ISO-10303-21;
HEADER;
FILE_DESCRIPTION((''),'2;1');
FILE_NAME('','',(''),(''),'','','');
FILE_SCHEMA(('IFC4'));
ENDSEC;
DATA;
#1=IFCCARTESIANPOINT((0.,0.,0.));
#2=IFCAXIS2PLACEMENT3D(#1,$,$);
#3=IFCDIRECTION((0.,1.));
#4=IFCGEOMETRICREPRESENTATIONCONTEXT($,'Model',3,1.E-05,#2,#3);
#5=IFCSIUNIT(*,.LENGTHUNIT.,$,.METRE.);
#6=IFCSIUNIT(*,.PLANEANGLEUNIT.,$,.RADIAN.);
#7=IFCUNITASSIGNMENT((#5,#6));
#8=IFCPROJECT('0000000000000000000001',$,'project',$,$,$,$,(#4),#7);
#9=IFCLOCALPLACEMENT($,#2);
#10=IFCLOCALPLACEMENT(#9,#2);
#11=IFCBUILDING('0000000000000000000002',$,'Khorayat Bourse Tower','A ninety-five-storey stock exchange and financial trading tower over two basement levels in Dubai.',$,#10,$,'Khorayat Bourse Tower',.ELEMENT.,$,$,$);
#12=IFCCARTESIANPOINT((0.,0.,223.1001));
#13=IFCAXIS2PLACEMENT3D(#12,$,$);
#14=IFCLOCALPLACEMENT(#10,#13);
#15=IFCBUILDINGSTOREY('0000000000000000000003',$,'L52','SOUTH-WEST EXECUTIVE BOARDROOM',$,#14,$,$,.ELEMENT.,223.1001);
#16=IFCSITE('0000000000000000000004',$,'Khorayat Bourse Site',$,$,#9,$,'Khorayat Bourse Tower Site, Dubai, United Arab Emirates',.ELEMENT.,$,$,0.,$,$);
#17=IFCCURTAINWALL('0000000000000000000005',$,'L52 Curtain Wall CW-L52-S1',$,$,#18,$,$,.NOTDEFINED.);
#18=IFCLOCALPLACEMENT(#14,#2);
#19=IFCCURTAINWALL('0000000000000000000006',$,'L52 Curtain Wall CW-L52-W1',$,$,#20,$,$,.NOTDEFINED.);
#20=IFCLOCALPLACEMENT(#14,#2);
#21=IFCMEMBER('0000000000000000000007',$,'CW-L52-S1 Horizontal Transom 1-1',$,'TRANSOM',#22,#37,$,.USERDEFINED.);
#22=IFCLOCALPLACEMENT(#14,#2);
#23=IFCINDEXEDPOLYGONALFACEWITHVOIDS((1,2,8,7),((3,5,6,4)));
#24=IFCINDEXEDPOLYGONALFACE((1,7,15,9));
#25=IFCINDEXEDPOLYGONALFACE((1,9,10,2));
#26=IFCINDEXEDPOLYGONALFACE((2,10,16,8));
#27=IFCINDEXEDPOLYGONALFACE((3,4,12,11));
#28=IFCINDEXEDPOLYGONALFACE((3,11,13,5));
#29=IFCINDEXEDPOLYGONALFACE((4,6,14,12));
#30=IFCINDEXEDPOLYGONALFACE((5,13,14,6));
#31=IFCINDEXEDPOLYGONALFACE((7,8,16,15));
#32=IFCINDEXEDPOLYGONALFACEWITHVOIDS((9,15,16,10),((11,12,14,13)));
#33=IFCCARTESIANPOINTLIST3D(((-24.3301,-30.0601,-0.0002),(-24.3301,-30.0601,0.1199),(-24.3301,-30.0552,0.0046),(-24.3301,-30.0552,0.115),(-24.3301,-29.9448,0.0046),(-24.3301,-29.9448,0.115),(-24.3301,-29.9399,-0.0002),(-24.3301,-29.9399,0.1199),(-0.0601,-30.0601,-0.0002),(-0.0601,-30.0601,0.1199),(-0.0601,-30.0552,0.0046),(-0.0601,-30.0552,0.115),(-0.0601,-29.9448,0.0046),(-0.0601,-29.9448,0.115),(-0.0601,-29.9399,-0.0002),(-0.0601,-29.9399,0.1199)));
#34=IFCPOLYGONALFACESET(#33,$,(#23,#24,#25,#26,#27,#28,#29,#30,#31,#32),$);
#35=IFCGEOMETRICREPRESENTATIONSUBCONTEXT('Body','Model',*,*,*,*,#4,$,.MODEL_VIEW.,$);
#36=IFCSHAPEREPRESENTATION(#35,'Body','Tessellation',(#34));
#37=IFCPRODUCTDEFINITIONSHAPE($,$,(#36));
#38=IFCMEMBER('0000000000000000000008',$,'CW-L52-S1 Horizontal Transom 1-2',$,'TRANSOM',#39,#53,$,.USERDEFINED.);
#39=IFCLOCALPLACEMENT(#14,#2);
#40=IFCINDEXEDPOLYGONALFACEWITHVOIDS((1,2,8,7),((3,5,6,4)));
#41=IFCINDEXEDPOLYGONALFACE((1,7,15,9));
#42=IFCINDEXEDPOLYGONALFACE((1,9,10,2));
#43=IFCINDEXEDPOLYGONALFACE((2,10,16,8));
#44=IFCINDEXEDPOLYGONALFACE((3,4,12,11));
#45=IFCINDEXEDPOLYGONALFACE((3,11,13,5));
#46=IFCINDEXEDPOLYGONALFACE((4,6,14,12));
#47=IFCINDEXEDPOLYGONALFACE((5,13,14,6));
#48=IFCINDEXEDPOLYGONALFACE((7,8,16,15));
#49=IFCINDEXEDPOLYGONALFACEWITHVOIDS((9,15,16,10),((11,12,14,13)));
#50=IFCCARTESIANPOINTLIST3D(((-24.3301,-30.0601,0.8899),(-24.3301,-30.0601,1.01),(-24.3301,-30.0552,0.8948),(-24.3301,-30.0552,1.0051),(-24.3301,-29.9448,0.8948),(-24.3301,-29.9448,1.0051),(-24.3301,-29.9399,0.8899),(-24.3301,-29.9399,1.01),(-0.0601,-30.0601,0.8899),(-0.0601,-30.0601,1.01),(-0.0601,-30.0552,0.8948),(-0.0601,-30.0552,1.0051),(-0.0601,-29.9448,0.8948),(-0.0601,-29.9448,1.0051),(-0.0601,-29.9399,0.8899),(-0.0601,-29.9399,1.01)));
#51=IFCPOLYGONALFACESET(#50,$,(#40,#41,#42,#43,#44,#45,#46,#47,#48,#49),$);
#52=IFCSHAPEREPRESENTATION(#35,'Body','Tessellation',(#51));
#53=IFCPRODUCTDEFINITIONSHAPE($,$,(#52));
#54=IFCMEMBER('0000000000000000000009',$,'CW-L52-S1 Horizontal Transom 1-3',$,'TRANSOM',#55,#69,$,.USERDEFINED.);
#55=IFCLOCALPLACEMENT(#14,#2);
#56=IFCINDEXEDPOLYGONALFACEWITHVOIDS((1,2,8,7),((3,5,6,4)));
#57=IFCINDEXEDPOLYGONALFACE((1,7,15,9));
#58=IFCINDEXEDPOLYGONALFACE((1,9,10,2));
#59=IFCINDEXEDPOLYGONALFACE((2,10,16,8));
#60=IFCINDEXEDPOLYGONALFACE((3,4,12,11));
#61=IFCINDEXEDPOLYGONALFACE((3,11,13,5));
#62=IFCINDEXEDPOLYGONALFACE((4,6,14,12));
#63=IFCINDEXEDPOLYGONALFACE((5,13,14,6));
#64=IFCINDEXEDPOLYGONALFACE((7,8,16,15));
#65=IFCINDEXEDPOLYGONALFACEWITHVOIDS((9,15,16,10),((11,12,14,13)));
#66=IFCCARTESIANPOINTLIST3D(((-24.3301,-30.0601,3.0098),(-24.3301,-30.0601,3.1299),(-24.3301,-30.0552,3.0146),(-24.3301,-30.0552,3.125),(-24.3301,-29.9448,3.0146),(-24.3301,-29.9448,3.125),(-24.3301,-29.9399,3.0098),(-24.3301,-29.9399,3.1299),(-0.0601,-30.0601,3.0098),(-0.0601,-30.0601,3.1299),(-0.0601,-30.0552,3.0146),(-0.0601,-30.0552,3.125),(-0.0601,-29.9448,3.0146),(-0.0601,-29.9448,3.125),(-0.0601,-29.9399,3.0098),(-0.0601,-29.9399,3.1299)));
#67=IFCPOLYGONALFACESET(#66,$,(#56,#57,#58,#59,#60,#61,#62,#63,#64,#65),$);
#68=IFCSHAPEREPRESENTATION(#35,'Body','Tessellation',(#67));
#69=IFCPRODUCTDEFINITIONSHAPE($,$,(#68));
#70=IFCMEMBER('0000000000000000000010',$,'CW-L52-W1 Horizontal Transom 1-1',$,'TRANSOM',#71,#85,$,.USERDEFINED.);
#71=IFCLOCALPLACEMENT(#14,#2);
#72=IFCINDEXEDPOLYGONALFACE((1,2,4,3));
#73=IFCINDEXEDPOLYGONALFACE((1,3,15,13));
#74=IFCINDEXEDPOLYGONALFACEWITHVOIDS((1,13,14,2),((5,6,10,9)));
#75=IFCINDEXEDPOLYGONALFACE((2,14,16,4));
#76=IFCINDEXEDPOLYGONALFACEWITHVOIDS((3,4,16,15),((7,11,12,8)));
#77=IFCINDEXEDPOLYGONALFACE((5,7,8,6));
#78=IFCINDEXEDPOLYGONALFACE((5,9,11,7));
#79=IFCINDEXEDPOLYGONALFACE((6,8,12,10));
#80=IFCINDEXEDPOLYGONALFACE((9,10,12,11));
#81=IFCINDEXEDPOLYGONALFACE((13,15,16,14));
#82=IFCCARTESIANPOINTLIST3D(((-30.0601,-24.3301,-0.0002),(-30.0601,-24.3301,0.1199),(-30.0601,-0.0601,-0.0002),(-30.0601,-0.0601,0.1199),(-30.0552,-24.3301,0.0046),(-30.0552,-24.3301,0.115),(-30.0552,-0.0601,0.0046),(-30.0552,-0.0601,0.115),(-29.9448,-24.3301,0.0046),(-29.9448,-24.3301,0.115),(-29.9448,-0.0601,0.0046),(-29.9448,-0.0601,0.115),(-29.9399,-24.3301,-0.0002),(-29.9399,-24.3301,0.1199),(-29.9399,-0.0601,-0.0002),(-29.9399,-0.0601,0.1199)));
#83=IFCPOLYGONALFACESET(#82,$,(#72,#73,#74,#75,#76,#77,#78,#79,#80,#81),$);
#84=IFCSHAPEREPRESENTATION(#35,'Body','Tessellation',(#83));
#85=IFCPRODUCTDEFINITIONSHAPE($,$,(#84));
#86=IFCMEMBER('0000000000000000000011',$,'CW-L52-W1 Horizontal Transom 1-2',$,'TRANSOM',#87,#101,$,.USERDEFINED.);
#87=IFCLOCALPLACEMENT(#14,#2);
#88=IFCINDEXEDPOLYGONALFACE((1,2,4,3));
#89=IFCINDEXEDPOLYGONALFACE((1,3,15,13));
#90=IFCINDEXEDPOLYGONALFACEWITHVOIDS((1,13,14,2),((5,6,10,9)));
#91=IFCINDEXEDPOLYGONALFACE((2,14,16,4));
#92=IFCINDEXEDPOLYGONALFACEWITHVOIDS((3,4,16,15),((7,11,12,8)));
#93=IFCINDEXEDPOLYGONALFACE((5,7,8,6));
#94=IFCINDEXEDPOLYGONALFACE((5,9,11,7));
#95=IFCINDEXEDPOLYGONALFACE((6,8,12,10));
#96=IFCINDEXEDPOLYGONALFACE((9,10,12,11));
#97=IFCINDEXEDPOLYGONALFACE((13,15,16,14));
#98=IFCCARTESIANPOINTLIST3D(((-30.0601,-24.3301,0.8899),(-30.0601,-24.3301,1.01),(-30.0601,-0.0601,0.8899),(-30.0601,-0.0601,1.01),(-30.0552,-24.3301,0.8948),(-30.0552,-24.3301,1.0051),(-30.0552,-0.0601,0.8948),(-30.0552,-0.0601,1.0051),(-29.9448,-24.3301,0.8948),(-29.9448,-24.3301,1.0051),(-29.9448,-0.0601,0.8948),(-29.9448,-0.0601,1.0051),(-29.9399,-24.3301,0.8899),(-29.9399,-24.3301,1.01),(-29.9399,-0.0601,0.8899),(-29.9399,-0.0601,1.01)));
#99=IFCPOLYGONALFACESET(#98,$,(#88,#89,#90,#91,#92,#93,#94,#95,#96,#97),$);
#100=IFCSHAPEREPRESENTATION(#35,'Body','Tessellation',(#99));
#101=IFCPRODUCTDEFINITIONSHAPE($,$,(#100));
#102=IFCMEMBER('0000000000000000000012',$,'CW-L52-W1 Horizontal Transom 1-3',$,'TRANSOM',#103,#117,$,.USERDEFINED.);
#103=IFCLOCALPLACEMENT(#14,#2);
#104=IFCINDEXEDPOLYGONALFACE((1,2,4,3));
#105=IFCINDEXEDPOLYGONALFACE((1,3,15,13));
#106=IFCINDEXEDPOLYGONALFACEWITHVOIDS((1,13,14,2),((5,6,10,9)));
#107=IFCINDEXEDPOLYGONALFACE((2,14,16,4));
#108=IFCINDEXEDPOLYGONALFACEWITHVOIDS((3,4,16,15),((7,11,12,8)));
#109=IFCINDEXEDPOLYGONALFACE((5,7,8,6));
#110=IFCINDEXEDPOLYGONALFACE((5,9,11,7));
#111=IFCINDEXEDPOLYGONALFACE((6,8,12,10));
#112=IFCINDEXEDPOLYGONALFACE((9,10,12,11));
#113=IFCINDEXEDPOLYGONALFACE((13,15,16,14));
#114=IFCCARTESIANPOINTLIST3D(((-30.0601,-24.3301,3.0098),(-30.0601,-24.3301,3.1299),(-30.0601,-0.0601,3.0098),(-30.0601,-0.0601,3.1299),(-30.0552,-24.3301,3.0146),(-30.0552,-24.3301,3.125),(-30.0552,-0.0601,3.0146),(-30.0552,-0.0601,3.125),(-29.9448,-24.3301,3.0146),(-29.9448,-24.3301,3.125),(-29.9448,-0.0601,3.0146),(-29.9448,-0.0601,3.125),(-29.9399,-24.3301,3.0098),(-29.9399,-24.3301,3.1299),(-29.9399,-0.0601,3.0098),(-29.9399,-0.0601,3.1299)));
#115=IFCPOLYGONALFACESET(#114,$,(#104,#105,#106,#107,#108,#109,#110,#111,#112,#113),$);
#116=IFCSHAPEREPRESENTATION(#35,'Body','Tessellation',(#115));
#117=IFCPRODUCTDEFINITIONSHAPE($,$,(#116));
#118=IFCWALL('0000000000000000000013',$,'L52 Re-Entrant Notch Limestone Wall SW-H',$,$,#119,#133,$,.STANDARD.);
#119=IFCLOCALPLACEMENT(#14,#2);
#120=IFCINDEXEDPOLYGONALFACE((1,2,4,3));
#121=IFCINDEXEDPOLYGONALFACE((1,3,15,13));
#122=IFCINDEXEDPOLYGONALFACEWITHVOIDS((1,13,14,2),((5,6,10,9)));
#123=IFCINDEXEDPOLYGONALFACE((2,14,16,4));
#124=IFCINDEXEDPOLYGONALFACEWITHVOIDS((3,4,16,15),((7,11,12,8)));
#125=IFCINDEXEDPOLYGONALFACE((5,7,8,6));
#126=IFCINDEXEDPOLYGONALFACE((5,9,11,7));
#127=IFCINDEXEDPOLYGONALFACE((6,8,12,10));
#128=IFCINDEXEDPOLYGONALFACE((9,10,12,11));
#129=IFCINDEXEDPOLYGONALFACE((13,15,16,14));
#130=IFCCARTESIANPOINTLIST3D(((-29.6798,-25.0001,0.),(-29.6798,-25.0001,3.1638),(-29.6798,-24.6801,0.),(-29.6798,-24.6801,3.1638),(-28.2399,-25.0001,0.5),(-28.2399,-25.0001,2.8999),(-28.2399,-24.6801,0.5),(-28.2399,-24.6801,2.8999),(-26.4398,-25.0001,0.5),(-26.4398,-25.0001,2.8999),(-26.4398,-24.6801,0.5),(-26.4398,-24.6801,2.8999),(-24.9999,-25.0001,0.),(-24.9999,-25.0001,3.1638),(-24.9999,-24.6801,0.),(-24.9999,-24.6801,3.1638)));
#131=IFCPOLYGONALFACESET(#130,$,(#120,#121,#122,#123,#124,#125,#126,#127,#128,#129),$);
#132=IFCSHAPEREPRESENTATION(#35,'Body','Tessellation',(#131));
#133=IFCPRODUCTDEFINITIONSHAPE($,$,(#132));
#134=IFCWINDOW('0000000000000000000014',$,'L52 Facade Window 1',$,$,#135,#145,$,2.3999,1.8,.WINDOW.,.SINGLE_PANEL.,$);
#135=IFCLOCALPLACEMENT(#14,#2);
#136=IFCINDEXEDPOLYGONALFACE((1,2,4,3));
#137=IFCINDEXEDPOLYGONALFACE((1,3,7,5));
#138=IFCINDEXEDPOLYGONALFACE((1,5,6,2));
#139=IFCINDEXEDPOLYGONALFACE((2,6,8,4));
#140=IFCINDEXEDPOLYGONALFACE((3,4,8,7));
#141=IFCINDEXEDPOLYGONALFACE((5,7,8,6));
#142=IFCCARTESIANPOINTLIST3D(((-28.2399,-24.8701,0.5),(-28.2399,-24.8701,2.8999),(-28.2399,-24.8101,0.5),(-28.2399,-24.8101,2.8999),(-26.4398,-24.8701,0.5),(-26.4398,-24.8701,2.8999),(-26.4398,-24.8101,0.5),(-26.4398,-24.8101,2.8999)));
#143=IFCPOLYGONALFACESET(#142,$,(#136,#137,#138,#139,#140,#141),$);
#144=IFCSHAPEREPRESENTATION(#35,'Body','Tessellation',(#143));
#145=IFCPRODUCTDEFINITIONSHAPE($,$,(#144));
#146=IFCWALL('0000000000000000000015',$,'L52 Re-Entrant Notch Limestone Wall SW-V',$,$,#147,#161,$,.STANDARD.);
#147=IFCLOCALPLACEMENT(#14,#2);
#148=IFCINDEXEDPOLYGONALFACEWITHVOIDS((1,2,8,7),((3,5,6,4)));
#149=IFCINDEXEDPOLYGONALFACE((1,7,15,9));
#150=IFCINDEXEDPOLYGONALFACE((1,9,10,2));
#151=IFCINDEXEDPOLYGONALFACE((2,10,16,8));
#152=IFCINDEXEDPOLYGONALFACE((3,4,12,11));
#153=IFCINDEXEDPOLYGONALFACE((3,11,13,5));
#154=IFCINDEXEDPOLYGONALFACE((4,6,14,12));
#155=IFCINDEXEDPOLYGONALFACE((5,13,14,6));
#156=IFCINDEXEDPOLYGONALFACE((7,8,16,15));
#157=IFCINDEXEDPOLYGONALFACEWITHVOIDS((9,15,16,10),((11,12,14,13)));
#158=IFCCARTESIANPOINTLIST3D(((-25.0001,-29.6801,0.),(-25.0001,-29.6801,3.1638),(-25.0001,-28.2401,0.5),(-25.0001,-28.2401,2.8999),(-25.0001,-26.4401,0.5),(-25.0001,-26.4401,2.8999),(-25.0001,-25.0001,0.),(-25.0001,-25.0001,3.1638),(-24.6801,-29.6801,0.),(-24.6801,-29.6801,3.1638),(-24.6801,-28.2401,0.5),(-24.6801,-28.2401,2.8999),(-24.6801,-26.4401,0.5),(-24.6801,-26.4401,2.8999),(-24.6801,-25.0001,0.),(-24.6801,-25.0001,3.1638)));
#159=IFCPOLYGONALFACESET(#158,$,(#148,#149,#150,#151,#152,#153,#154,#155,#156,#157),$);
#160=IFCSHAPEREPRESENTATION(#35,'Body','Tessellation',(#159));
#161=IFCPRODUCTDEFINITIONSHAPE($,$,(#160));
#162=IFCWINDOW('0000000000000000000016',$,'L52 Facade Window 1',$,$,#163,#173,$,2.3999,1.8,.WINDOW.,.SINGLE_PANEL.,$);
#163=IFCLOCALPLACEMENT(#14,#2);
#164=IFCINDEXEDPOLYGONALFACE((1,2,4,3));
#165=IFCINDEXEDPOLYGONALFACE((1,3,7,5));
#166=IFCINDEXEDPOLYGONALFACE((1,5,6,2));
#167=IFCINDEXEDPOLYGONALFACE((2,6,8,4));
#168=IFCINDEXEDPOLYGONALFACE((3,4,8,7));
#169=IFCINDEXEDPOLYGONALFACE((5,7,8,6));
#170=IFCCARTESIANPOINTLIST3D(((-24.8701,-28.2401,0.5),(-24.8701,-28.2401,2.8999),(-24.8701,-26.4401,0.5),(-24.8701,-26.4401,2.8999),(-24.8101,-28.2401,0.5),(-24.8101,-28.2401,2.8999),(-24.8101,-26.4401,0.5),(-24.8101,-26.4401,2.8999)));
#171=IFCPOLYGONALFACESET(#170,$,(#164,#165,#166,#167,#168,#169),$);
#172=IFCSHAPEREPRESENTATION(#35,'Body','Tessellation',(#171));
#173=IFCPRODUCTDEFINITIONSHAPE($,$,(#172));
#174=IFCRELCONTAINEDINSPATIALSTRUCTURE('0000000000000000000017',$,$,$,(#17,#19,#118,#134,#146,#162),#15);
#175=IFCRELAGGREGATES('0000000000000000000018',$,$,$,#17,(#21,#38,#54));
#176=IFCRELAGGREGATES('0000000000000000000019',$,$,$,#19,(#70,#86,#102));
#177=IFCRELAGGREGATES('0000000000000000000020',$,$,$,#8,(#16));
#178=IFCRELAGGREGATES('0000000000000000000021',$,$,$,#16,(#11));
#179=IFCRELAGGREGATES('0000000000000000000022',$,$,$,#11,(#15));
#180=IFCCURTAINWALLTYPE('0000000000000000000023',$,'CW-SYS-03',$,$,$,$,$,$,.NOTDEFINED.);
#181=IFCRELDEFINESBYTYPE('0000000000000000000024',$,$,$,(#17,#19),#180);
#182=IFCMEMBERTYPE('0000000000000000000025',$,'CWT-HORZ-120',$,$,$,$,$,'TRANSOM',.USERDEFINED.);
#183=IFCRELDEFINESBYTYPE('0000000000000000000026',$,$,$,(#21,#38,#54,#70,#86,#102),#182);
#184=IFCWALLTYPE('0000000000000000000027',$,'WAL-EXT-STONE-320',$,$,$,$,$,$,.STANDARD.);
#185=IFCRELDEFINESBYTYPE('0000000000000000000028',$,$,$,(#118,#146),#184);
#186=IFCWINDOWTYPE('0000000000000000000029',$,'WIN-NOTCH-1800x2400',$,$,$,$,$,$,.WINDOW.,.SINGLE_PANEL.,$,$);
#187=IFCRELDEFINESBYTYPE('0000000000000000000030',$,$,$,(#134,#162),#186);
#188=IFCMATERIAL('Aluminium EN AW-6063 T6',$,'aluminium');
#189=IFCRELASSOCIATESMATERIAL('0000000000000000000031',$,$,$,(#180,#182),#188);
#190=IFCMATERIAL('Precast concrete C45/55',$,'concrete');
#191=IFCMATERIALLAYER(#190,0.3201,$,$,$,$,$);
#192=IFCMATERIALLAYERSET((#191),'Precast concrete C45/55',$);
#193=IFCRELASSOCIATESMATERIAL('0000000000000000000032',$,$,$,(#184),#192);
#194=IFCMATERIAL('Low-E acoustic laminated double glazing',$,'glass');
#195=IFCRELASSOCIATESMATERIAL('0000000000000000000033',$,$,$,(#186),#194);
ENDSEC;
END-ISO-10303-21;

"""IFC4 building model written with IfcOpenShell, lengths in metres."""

from ifc_helpers import new_model, si_unit, direction, frame, frame_2d, origin, origin_2d, place, context, subcontext, project, spatial, rectangle, hollow_rectangle, extrude, source, transform, mapped, material, layer, layer_set, material_profile, profile_set, type_object, element, fill, aggregate, save


model = new_model("IFC4")

# Units and contexts
model_context = context("Model", 3, precision=1e-05, world=origin(), true_north=direction((0.0, 1.0)))
body_context = subcontext(model_context, "Body", "Model", "MODEL_VIEW")
ifc_project = project(units=[si_unit("LENGTHUNIT", "METRE"), si_unit("PLANEANGLEUNIT", "RADIAN")], contexts=[model_context])

# Site, building, storey
site_placement = place(None, origin())
site = spatial("IfcSite", under=ifc_project, at=site_placement, Name="Khorayat Bourse Site", LongName="Khorayat Bourse Tower Site, Dubai, United Arab Emirates", CompositionType="ELEMENT", RefElevation=0.0)
building_placement = place(site_placement, origin())
building = spatial("IfcBuilding", under=site, at=building_placement, Name="Khorayat Bourse Tower", Description="A ninety-five-storey stock exchange and financial trading tower over two basement levels in Dubai.", LongName="Khorayat Bourse Tower", CompositionType="ELEMENT")
storey_placement = place(building_placement, frame((0.0, 0.0, 223.1001)))
storey = spatial("IfcBuildingStorey", under=building, at=storey_placement, Name="L52", Description="SOUTH-WEST EXECUTIVE BOARDROOM", CompositionType="ELEMENT", Elevation=223.1001)

# Curtain walls
ifc_material_1 = material(Name="Aluminium EN AW-6063 T6", Category="aluminium")
curtain_wall_type = type_object("IfcCurtainWallType", Name="CW-SYS-03", PredefinedType="NOTDEFINED", material=ifc_material_1)
curtain_wall_1_placement = place(storey_placement, origin())
curtain_wall_1 = element("IfcCurtainWall", 1, at=curtain_wall_1_placement, inside=storey, type_object=curtain_wall_type, Name="L52 Curtain Wall CW-L52-S1", PredefinedType="NOTDEFINED")
curtain_wall_2_placement = place(storey_placement, origin())
curtain_wall_2 = element("IfcCurtainWall", 2, at=curtain_wall_2_placement, inside=storey, type_object=curtain_wall_type, Name="L52 Curtain Wall CW-L52-W1", PredefinedType="NOTDEFINED")

# Members
ifc_material_profile_1 = material_profile(ifc_material_1, hollow_rectangle(XDim=0.1201, YDim=0.1201, WallThickness=0.0049, at=origin_2d()), Name="ALU 120x120x5")
ifc_profile_set_1 = profile_set([ifc_material_profile_1], Name="Aluminium EN AW-6063 T6")
member_type_1 = type_object("IfcMemberType", Name="CWT-HORZ-120", ElementType="TRANSOM", PredefinedType="USERDEFINED", material=ifc_profile_set_1)
shared_shape_1 = source(origin(), body_context, "Body", "SweptSolid", [
    extrude(hollow_rectangle(XDim=0.1201, YDim=0.1201, WallThickness=0.0049, at=origin_2d()), origin(), (0.0, 0.0, 1.0), 24.27),
])
member_1_placement = place(storey_placement, frame((-24.3301, -30.0, 0.0598), z_axis=(1.0, 0.0, 0.0), x_axis=(0.0, 1.0, 0.0)))
member_1 = element("IfcMember", 3, at=member_1_placement, type_object=member_type_1, Name="CW-L52-S1 Horizontal Transom 1-1", ObjectType="TRANSOM", PredefinedType="USERDEFINED", context=body_context, shape_type="MappedRepresentation", body=[
    mapped(shared_shape_1, transform((0.0, 0.0, 0.0), scale=1.0)),
])
member_2_placement = place(storey_placement, frame((-24.3301, -30.0, 0.95), z_axis=(1.0, 0.0, 0.0), x_axis=(0.0, 1.0, 0.0)))
member_2 = element("IfcMember", 4, at=member_2_placement, type_object=member_type_1, Name="CW-L52-S1 Horizontal Transom 1-2", ObjectType="TRANSOM", PredefinedType="USERDEFINED", context=body_context, shape_type="MappedRepresentation", body=[
    mapped(shared_shape_1, transform((0.0, 0.0, 0.0), scale=1.0)),
])
member_3_placement = place(storey_placement, frame((-24.3301, -30.0, 3.0698), z_axis=(1.0, 0.0, 0.0), x_axis=(0.0, 1.0, 0.0)))
member_3 = element("IfcMember", 5, at=member_3_placement, type_object=member_type_1, Name="CW-L52-S1 Horizontal Transom 1-3", ObjectType="TRANSOM", PredefinedType="USERDEFINED", context=body_context, shape_type="MappedRepresentation", body=[
    mapped(shared_shape_1, transform((0.0, 0.0, 0.0), scale=1.0)),
])
aggregate(curtain_wall_1, [member_1, member_2, member_3])
member_4_placement = place(storey_placement, frame((-30.0, -24.3301, 0.0598), z_axis=(0.0, 1.0, 0.0), x_axis=(-1.0, 0.0, 0.0)))
member_4 = element("IfcMember", 6, at=member_4_placement, type_object=member_type_1, Name="CW-L52-W1 Horizontal Transom 1-1", ObjectType="TRANSOM", PredefinedType="USERDEFINED", context=body_context, shape_type="MappedRepresentation", body=[
    mapped(shared_shape_1, transform((0.0, 0.0, 0.0), scale=1.0)),
])
member_5_placement = place(storey_placement, frame((-30.0, -24.3301, 0.95), z_axis=(0.0, 1.0, 0.0), x_axis=(-1.0, 0.0, 0.0)))
member_5 = element("IfcMember", 7, at=member_5_placement, type_object=member_type_1, Name="CW-L52-W1 Horizontal Transom 1-2", ObjectType="TRANSOM", PredefinedType="USERDEFINED", context=body_context, shape_type="MappedRepresentation", body=[
    mapped(shared_shape_1, transform((0.0, 0.0, 0.0), scale=1.0)),
])
member_6_placement = place(storey_placement, frame((-30.0, -24.3301, 3.0698), z_axis=(0.0, 1.0, 0.0), x_axis=(-1.0, 0.0, 0.0)))
member_6 = element("IfcMember", 8, at=member_6_placement, type_object=member_type_1, Name="CW-L52-W1 Horizontal Transom 1-3", ObjectType="TRANSOM", PredefinedType="USERDEFINED", context=body_context, shape_type="MappedRepresentation", body=[
    mapped(shared_shape_1, transform((0.0, 0.0, 0.0), scale=1.0)),
])
aggregate(curtain_wall_2, [member_4, member_5, member_6])

# Walls, openings, windows
ifc_material_2 = material(Name="Precast concrete C45/55", Category="concrete")
ifc_layer = layer(ifc_material_2, 0.3201)
ifc_layer_set = layer_set([ifc_layer], Name="Precast concrete C45/55")
wall_type = type_object("IfcWallType", Name="WAL-EXT-STONE-320", PredefinedType="STANDARD", material=ifc_layer_set)
shared_shape_2 = source(origin(), body_context, "Body", "SweptSolid", [
    extrude(rectangle(XDim=4.6799, YDim=0.3201, at=frame_2d((2.3398, 0.0))), origin(), (0.0, 0.0, 1.0), 3.1638),
])
wall_1_placement = place(storey_placement, frame((-25.0, -24.8401, 0.0), z_axis=(0.0, 0.0, 1.0), x_axis=(-1.0, 0.0, 0.0)))
wall_1 = element("IfcWall", 9, at=wall_1_placement, inside=storey, type_object=wall_type, Name="L52 Re-Entrant Notch Limestone Wall SW-H", PredefinedType="STANDARD", context=body_context, shape_type="MappedRepresentation", body=[
    mapped(shared_shape_2, transform((0.0, 0.0, 0.0), scale=1.0)),
])
shared_shape_3 = source(origin(), body_context, "Body", "SweptSolid", [
    extrude(rectangle(XDim=1.8, YDim=2.3999, at=frame_2d((0.8999, 1.2))), frame((0.0, 0.1699, 0.0), z_axis=(0.0, -1.0, 0.0), x_axis=(1.0, 0.0, 0.0)), (0.0, 0.0, 1.0), 0.3401),
])
opening_1_placement = place(wall_1_placement, frame((1.4399, 0.0, 0.5)))
opening_1 = element("IfcOpeningElement", 10, at=opening_1_placement, cuts=wall_1, PredefinedType="OPENING", context=body_context, shape_type="MappedRepresentation", body=[
    mapped(shared_shape_3, transform((0.0, 0.0, 0.0), scale=1.0)),
])
ifc_material_3 = material(Name="Low-E acoustic laminated double glazing", Category="glass")
window_type = type_object("IfcWindowType", Name="WIN-NOTCH-1800x2400", PartitioningType="SINGLE_PANEL", PredefinedType="WINDOW", material=ifc_material_3)
shared_shape_4 = source(origin(), body_context, "Body", "SweptSolid", [
    extrude(rectangle(XDim=1.8, YDim=2.3999, at=frame_2d((0.8999, 1.2))), frame((0.0, 0.03, 0.0), z_axis=(0.0, -1.0, 0.0), x_axis=(1.0, 0.0, 0.0)), (0.0, 0.0, 1.0), 0.0601),
])
window_1_placement = place(opening_1_placement, origin())
window_1 = element("IfcWindow", 11, at=window_1_placement, inside=storey, type_object=window_type, Name="L52 Facade Window 1", OverallHeight=2.3999, OverallWidth=1.8, PartitioningType="SINGLE_PANEL", PredefinedType="WINDOW", context=body_context, shape_type="MappedRepresentation", body=[
    mapped(shared_shape_4, transform((0.0, 0.0, 0.0), scale=1.0)),
])
fill(opening_1, window_1)
wall_2_placement = place(storey_placement, frame((-24.8401, -29.6799, 0.0), z_axis=(0.0, 0.0, 1.0), x_axis=(0.0, 1.0, 0.0)))
wall_2 = element("IfcWall", 12, at=wall_2_placement, inside=storey, type_object=wall_type, Name="L52 Re-Entrant Notch Limestone Wall SW-V", PredefinedType="STANDARD", context=body_context, shape_type="MappedRepresentation", body=[
    mapped(shared_shape_2, transform((0.0, 0.0, 0.0), scale=1.0)),
])
opening_2_placement = place(wall_2_placement, frame((1.4399, 0.0, 0.5)))
opening_2 = element("IfcOpeningElement", 13, at=opening_2_placement, cuts=wall_2, PredefinedType="OPENING", context=body_context, shape_type="MappedRepresentation", body=[
    mapped(shared_shape_3, transform((0.0, 0.0, 0.0), scale=1.0)),
])
window_2_placement = place(opening_2_placement, origin())
window_2 = element("IfcWindow", 14, at=window_2_placement, inside=storey, type_object=window_type, Name="L52 Facade Window 1", OverallHeight=2.3999, OverallWidth=1.8, PartitioningType="SINGLE_PANEL", PredefinedType="WINDOW", context=body_context, shape_type="MappedRepresentation", body=[
    mapped(shared_shape_4, transform((0.0, 0.0, 0.0), scale=1.0)),
])
fill(opening_2, window_2)

save(model, "model.ifc")
